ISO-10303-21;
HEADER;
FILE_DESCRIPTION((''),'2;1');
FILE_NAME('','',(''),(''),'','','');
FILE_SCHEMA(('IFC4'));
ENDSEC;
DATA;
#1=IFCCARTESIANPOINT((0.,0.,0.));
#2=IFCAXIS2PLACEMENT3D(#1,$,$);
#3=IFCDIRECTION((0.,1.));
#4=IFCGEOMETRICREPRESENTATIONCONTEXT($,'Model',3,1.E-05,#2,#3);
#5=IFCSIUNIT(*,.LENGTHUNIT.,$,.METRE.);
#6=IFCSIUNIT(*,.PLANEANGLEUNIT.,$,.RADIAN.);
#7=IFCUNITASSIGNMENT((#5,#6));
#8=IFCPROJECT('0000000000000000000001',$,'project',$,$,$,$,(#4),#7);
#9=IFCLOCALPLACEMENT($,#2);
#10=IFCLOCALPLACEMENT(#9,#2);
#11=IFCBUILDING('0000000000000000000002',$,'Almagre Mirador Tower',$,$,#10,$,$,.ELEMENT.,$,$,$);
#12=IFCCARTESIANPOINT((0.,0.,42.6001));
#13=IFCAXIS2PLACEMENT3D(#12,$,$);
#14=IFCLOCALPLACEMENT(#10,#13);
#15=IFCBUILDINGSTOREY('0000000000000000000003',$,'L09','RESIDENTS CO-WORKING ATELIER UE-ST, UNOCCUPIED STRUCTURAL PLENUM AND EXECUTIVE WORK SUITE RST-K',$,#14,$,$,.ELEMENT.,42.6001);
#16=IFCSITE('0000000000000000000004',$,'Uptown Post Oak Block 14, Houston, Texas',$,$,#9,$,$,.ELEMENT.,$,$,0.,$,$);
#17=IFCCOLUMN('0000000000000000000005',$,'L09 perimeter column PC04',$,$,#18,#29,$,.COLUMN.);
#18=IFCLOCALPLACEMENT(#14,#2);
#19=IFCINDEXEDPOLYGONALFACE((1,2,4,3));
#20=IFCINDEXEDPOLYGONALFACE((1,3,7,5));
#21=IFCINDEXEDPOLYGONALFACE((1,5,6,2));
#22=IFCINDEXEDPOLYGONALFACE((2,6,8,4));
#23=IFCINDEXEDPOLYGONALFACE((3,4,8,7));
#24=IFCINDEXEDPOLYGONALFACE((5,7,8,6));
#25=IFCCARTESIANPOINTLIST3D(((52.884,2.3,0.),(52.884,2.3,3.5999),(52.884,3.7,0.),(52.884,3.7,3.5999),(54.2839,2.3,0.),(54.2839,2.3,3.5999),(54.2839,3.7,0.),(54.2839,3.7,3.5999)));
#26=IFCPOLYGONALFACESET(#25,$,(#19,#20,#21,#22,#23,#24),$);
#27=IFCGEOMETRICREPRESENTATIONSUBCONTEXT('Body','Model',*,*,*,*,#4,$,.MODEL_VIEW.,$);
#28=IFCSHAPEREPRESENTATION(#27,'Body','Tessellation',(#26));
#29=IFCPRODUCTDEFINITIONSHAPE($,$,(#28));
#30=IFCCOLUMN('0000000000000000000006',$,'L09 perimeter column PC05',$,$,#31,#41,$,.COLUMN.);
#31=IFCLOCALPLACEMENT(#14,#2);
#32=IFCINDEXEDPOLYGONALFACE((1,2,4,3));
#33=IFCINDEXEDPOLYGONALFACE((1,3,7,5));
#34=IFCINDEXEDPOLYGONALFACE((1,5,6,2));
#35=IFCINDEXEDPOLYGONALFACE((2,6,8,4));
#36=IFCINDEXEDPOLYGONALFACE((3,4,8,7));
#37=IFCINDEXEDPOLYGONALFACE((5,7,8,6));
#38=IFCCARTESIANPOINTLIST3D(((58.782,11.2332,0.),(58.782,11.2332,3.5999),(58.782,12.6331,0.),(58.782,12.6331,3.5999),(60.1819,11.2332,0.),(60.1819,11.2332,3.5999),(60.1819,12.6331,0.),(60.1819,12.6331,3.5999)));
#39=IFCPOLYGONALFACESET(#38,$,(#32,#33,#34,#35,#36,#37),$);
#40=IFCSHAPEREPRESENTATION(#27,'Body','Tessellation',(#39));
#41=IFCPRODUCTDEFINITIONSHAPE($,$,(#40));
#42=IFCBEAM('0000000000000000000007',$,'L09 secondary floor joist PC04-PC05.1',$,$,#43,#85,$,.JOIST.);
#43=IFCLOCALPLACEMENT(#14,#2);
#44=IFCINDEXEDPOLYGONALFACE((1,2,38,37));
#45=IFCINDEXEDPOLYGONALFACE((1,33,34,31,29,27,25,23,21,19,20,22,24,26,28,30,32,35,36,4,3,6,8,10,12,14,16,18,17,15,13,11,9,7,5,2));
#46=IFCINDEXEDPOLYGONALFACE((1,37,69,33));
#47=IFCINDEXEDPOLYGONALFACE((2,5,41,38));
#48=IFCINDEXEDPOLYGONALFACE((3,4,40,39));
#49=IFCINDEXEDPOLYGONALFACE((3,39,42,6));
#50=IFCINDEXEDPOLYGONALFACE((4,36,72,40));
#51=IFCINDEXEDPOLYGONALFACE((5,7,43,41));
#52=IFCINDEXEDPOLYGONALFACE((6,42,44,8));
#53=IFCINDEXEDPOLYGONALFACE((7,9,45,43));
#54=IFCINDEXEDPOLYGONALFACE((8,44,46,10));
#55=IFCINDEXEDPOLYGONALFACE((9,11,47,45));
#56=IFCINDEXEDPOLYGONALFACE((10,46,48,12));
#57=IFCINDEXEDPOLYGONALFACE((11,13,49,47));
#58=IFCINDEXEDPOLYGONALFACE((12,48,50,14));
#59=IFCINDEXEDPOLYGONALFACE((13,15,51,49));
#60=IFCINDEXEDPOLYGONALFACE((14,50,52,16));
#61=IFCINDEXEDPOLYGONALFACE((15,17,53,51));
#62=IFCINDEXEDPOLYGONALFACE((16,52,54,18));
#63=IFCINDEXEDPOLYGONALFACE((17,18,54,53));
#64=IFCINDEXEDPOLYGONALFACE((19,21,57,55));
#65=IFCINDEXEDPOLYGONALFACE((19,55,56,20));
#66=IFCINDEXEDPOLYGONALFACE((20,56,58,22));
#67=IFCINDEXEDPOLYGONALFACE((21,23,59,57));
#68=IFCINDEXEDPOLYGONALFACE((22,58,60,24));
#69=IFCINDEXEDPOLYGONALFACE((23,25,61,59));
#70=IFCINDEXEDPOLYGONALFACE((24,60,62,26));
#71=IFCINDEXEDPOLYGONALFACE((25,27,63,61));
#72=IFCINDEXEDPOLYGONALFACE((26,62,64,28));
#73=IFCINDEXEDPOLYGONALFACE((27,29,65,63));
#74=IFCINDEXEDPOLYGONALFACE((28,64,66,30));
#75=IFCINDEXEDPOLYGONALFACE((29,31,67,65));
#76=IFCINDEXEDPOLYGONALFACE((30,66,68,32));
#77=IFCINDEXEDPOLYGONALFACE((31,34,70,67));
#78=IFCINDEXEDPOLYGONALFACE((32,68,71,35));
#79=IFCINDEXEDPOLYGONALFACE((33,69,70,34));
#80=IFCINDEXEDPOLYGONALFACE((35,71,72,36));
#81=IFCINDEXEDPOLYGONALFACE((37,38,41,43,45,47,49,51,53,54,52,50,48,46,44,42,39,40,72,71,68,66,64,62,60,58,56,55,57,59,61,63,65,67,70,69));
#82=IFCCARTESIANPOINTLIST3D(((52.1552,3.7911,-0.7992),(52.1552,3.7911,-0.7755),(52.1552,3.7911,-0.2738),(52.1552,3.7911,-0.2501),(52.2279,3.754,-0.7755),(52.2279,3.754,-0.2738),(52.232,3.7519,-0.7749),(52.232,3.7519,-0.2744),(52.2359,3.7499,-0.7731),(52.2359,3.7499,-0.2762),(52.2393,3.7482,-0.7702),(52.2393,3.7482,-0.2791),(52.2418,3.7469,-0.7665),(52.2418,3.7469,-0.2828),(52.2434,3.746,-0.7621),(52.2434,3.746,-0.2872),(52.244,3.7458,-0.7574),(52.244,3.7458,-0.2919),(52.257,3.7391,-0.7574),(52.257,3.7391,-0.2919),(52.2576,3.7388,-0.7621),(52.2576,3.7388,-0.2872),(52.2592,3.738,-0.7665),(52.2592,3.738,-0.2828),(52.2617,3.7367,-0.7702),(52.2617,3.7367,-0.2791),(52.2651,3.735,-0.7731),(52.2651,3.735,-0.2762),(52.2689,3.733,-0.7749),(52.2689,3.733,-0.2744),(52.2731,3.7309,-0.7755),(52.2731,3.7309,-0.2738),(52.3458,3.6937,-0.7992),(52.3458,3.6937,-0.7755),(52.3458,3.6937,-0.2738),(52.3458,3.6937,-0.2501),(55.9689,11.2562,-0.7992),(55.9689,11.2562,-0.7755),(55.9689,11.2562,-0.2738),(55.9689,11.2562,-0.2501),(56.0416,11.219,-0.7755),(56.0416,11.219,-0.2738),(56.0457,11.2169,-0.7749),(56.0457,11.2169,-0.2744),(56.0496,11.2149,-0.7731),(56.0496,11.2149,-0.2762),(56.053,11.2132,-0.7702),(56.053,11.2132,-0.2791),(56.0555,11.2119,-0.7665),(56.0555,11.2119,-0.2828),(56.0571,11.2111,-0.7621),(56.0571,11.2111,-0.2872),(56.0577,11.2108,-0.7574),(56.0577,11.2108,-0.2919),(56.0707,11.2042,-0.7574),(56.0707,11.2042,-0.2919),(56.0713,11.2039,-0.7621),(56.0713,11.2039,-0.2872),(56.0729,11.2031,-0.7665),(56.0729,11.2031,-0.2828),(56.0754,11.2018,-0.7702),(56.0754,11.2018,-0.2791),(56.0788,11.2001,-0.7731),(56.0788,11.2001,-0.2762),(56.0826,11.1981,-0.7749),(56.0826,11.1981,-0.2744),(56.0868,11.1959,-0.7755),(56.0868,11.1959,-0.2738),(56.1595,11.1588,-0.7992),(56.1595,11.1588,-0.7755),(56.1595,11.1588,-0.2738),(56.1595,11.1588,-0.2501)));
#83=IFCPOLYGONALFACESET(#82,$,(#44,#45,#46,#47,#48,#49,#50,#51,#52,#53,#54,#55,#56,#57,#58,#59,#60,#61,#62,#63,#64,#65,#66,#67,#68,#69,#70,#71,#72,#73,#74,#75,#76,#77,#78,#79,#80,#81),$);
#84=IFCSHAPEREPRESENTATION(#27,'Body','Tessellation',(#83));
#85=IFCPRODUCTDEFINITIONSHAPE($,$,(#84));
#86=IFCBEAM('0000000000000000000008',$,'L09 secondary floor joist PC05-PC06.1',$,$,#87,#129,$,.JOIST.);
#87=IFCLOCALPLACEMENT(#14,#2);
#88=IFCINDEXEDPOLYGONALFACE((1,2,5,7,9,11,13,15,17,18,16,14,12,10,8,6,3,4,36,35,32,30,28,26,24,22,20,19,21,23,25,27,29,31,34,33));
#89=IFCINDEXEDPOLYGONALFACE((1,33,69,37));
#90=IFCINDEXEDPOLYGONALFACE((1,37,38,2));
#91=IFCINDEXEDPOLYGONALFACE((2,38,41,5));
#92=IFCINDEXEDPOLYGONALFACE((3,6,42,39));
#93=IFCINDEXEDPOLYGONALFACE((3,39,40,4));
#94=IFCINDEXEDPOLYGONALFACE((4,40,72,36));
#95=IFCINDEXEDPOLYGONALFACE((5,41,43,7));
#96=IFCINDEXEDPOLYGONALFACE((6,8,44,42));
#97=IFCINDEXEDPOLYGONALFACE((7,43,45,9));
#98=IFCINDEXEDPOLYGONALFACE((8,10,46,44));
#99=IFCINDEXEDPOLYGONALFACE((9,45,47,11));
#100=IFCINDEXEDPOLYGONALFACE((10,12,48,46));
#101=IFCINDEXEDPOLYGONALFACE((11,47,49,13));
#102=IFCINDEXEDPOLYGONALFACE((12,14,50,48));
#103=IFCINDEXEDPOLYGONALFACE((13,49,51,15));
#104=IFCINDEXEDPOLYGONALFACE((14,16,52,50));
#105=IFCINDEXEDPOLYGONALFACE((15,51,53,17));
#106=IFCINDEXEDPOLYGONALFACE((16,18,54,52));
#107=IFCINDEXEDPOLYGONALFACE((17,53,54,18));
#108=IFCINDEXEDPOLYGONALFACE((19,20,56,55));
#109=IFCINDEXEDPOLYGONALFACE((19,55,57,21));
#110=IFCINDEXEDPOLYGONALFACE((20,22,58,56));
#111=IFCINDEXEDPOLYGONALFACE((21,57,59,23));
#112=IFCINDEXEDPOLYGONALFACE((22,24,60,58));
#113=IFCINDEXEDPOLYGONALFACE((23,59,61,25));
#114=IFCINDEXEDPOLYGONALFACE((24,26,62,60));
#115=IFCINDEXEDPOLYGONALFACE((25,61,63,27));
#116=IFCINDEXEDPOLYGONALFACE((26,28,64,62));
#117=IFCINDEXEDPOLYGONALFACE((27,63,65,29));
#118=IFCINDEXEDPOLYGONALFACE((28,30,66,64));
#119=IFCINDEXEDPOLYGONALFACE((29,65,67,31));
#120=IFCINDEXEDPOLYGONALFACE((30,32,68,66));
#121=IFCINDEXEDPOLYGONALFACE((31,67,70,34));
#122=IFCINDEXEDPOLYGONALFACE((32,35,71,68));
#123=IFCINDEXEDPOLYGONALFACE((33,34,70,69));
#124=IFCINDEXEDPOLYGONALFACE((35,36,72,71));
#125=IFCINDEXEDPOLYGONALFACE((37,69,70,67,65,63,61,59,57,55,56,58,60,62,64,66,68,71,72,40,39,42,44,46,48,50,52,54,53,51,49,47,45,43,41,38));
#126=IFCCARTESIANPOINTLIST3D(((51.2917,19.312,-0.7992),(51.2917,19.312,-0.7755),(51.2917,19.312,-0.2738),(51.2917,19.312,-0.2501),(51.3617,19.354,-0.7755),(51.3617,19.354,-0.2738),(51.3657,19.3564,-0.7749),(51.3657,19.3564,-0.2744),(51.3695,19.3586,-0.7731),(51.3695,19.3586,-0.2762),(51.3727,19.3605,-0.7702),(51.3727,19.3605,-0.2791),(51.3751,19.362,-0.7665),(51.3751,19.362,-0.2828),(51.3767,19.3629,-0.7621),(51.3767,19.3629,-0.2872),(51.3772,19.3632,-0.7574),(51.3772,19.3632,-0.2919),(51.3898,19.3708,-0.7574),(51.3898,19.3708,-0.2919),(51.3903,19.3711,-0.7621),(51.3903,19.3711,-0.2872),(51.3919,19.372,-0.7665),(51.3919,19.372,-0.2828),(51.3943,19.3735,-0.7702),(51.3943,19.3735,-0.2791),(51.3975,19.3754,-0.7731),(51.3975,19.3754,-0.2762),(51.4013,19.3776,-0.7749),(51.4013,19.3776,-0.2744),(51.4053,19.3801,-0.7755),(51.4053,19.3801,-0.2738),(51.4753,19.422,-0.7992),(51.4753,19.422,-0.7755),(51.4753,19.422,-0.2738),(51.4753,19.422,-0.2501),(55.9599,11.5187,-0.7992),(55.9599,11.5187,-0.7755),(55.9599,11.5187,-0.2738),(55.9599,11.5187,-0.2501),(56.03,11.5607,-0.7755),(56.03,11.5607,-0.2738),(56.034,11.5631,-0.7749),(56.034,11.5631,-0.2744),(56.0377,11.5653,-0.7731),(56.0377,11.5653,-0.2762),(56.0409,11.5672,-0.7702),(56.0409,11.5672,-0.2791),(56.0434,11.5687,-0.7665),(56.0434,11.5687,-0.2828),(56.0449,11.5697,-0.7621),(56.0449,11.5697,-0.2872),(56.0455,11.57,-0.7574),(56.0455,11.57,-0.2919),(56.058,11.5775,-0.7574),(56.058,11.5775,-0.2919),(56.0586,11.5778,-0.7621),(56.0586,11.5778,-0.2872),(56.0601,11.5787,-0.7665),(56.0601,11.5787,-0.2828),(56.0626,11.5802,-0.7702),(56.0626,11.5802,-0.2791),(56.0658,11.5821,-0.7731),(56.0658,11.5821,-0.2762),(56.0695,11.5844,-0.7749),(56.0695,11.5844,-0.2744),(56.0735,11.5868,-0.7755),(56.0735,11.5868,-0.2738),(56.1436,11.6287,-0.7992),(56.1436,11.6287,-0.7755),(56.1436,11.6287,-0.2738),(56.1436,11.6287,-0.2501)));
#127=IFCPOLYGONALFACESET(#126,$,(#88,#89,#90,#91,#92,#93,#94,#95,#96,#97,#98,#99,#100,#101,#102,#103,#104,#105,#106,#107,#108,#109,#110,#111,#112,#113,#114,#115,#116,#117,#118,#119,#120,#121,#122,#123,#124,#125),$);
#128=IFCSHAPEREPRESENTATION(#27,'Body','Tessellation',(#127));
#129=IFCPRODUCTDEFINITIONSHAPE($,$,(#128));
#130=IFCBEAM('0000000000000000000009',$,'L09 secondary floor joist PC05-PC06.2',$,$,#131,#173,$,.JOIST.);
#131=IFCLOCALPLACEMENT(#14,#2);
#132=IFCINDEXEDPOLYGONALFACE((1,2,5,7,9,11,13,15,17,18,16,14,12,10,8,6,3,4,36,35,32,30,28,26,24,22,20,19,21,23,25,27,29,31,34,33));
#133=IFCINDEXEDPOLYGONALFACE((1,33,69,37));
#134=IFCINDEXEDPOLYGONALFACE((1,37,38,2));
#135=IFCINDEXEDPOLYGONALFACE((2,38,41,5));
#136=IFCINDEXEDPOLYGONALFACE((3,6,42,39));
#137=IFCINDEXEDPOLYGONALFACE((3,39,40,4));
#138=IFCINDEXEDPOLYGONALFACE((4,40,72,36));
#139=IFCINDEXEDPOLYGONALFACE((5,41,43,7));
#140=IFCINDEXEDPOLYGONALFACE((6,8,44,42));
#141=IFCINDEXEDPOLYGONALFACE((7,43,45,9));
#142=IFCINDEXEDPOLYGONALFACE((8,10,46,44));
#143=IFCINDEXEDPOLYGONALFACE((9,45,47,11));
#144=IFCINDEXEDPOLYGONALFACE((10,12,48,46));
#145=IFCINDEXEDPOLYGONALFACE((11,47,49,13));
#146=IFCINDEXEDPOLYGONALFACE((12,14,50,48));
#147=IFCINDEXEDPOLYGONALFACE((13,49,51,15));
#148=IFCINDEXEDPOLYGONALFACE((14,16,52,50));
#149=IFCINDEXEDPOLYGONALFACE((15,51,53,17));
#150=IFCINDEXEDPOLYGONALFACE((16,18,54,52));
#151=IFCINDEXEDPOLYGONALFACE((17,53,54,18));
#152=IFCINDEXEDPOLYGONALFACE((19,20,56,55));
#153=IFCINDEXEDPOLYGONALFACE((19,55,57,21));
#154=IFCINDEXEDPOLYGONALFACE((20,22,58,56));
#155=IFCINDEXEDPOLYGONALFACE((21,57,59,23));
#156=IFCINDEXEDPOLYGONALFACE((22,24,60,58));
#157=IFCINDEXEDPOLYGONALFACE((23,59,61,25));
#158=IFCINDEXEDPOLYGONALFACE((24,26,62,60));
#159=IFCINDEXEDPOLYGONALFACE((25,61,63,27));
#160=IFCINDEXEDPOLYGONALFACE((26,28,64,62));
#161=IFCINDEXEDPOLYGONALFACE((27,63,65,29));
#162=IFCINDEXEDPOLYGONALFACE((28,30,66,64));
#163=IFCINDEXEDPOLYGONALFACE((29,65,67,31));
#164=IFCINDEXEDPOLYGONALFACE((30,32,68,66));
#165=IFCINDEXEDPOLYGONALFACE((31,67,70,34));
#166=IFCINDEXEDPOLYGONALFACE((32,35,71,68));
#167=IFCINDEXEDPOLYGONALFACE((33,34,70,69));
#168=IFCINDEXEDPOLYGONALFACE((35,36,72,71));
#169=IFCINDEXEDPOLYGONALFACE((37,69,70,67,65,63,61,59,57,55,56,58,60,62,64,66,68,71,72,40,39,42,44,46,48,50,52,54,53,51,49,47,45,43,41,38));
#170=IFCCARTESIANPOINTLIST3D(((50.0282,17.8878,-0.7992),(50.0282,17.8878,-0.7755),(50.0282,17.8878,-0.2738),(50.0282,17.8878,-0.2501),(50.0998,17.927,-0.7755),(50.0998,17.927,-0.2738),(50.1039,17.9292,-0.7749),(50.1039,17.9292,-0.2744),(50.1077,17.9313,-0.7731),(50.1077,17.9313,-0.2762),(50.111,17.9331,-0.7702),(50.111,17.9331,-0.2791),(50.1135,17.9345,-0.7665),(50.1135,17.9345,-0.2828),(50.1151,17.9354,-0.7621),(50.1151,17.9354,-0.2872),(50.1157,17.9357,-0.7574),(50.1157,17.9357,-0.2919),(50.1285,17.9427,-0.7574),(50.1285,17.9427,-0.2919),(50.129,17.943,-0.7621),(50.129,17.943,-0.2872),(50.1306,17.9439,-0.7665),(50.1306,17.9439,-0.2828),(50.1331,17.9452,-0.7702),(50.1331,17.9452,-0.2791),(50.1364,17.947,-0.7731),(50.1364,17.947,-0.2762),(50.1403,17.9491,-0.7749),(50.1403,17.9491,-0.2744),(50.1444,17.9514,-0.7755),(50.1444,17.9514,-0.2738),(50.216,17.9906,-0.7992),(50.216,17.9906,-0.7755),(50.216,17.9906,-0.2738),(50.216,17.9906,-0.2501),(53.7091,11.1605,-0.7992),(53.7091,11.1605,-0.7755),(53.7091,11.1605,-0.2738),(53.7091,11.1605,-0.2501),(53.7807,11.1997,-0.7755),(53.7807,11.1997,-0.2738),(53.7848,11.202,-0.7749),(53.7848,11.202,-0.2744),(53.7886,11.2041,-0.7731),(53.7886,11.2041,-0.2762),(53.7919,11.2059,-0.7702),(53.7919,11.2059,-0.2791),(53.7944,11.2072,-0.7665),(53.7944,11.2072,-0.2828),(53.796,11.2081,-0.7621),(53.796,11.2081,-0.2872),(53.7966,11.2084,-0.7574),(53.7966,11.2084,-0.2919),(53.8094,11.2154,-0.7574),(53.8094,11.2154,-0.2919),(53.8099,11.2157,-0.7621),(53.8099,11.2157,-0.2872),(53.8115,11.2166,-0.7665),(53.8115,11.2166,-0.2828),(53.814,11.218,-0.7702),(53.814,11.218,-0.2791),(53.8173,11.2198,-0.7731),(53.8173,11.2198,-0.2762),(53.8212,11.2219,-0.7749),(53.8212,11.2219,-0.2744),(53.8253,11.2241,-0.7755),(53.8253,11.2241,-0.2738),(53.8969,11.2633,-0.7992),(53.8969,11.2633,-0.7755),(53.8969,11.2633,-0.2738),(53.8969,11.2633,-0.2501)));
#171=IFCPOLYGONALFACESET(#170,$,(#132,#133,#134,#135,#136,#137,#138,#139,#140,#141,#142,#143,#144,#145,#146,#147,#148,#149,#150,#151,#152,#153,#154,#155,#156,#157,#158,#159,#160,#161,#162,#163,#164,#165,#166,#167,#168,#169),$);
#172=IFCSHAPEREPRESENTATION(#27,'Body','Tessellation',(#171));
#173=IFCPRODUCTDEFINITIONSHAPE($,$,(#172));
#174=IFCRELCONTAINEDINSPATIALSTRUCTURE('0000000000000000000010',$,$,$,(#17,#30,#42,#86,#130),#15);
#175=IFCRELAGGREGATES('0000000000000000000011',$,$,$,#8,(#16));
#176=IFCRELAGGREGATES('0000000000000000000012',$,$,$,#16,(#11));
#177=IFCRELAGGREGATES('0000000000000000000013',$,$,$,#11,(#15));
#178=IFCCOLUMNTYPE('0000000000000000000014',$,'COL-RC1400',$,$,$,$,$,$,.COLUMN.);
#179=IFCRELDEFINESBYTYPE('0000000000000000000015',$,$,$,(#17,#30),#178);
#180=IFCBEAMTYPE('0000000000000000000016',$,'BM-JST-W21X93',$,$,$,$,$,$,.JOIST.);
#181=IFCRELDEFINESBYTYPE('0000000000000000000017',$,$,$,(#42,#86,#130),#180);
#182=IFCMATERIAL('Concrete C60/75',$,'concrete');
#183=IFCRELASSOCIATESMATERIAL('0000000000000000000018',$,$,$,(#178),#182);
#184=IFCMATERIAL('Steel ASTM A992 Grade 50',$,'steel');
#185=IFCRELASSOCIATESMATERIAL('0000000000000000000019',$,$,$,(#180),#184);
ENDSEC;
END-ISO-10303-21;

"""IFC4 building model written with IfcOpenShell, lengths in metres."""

from ifc_helpers import new_model, si_unit, direction, frame, origin, origin_2d, place, context, subcontext, project, spatial, rectangle, i_section, extrude, material, material_profile, profile_set, type_object, element, save


model = new_model("IFC4")

# Units and contexts
model_context = context("Model", 3, precision=1e-05, world=origin(), true_north=direction((0.0, 1.0)))
body_context = subcontext(model_context, "Body", "Model", "MODEL_VIEW")
ifc_project = project(units=[si_unit("LENGTHUNIT", "METRE"), si_unit("PLANEANGLEUNIT", "RADIAN")], contexts=[model_context])

# Site, building, storey
site_placement = place(None, origin())
site = spatial("IfcSite", under=ifc_project, at=site_placement, Name="Uptown Post Oak Block 14, Houston, Texas", CompositionType="ELEMENT", RefElevation=0.0)
building_placement = place(site_placement, origin())
building = spatial("IfcBuilding", under=site, at=building_placement, Name="Almagre Mirador Tower", CompositionType="ELEMENT")
storey_placement = place(building_placement, frame((0.0, 0.0, 42.6001)))
storey = spatial("IfcBuildingStorey", under=building, at=storey_placement, Name="L09", Description="RESIDENTS CO-WORKING ATELIER UE-ST, UNOCCUPIED STRUCTURAL PLENUM AND EXECUTIVE WORK SUITE RST-K", CompositionType="ELEMENT", Elevation=42.6001)

# Columns
ifc_material_1 = material(Name="Concrete C60/75", Category="concrete")
ifc_material_profile_1 = material_profile(ifc_material_1, rectangle(XDim=1.3999, YDim=1.3999, at=origin_2d()), Name="RC1400X1400")
ifc_profile_set_1 = profile_set([ifc_material_profile_1], Name="Concrete C60/75")
column_type = type_object("IfcColumnType", Name="COL-RC1400", PredefinedType="COLUMN", material=ifc_profile_set_1)
for number, where, z_axis, x_axis, name in (
    (1, (53.584, 3.0, 0.0), (0.0, 0.0, 1.0), (1.0, 0.0, 0.0), "L09 perimeter column PC04"),
    (2, (59.4819, 11.9331, 0.0), (0.0, 0.0, 1.0), (1.0, 0.0, 0.0), "L09 perimeter column PC05"),
):
    element("IfcColumn", number, at=place(storey_placement, frame(where, z_axis=z_axis, x_axis=x_axis)), inside=storey, type_object=column_type, Name=name, PredefinedType="COLUMN", context=body_context, shape_type="SweptSolid", body=[
        extrude(rectangle(XDim=1.3999, YDim=1.3999, at=origin_2d()), origin(), (0.0, 0.0, 1.0), 3.5999),
    ])

# Beams
ifc_material_2 = material(Name="Steel ASTM A992 Grade 50", Category="steel")
ifc_material_profile_2 = material_profile(ifc_material_2, i_section(OverallWidth=0.2141, OverallDepth=0.5491, WebThickness=0.0146, FlangeThickness=0.0237, FilletRadius=0.0181, at=origin_2d()), Name="W21X93")
ifc_profile_set_2 = profile_set([ifc_material_profile_2], Name="Steel ASTM A992 Grade 50")
beam_type_1 = type_object("IfcBeamType", Name="BM-JST-W21X93", PredefinedType="JOIST", material=ifc_profile_set_2)
beam_1_placement = place(storey_placement, frame((52.2505, 3.7424, -0.5247), z_axis=(0.454944, 0.89052, 0.0), x_axis=(-0.89052, 0.454944, 0.0)))
element("IfcBeam", 3, at=beam_1_placement, inside=storey, type_object=beam_type_1, Name="L09 secondary floor joist PC04-PC05.1", PredefinedType="JOIST", context=body_context, shape_type="SweptSolid", body=[
    extrude(i_section(OverallWidth=0.2141, OverallDepth=0.5491, WebThickness=0.0146, FlangeThickness=0.0237, FilletRadius=0.0181, at=origin_2d()), origin(), (0.0, 0.0, 1.0), 8.3828),
])
beam_2_placement = place(storey_placement, frame((56.0518, 11.5737, -0.5247), z_axis=(-0.513871, 0.857867, 0.0), x_axis=(-0.857867, -0.513871, 0.0)))
element("IfcBeam", 4, at=beam_2_placement, inside=storey, type_object=beam_type_1, Name="L09 secondary floor joist PC05-PC06.1", PredefinedType="JOIST", context=body_context, shape_type="SweptSolid", body=[
    extrude(i_section(OverallWidth=0.2141, OverallDepth=0.5491, WebThickness=0.0146, FlangeThickness=0.0237, FilletRadius=0.0181, at=origin_2d()), origin(), (0.0, 0.0, 1.0), 9.0845),
])
beam_3_placement = place(storey_placement, frame((53.803, 11.2119, -0.5247), z_axis=(-0.480005, 0.877266, 0.0), x_axis=(-0.877266, -0.480005, 0.0)))
element("IfcBeam", 5, at=beam_3_placement, inside=storey, type_object=beam_type_1, Name="L09 secondary floor joist PC05-PC06.2", PredefinedType="JOIST", context=body_context, shape_type="SweptSolid", body=[
    extrude(i_section(OverallWidth=0.2141, OverallDepth=0.5491, WebThickness=0.0146, FlangeThickness=0.0237, FilletRadius=0.0181, at=origin_2d()), origin(), (0.0, 0.0, 1.0), 7.6685),
])

save(model, "model.ifc")
